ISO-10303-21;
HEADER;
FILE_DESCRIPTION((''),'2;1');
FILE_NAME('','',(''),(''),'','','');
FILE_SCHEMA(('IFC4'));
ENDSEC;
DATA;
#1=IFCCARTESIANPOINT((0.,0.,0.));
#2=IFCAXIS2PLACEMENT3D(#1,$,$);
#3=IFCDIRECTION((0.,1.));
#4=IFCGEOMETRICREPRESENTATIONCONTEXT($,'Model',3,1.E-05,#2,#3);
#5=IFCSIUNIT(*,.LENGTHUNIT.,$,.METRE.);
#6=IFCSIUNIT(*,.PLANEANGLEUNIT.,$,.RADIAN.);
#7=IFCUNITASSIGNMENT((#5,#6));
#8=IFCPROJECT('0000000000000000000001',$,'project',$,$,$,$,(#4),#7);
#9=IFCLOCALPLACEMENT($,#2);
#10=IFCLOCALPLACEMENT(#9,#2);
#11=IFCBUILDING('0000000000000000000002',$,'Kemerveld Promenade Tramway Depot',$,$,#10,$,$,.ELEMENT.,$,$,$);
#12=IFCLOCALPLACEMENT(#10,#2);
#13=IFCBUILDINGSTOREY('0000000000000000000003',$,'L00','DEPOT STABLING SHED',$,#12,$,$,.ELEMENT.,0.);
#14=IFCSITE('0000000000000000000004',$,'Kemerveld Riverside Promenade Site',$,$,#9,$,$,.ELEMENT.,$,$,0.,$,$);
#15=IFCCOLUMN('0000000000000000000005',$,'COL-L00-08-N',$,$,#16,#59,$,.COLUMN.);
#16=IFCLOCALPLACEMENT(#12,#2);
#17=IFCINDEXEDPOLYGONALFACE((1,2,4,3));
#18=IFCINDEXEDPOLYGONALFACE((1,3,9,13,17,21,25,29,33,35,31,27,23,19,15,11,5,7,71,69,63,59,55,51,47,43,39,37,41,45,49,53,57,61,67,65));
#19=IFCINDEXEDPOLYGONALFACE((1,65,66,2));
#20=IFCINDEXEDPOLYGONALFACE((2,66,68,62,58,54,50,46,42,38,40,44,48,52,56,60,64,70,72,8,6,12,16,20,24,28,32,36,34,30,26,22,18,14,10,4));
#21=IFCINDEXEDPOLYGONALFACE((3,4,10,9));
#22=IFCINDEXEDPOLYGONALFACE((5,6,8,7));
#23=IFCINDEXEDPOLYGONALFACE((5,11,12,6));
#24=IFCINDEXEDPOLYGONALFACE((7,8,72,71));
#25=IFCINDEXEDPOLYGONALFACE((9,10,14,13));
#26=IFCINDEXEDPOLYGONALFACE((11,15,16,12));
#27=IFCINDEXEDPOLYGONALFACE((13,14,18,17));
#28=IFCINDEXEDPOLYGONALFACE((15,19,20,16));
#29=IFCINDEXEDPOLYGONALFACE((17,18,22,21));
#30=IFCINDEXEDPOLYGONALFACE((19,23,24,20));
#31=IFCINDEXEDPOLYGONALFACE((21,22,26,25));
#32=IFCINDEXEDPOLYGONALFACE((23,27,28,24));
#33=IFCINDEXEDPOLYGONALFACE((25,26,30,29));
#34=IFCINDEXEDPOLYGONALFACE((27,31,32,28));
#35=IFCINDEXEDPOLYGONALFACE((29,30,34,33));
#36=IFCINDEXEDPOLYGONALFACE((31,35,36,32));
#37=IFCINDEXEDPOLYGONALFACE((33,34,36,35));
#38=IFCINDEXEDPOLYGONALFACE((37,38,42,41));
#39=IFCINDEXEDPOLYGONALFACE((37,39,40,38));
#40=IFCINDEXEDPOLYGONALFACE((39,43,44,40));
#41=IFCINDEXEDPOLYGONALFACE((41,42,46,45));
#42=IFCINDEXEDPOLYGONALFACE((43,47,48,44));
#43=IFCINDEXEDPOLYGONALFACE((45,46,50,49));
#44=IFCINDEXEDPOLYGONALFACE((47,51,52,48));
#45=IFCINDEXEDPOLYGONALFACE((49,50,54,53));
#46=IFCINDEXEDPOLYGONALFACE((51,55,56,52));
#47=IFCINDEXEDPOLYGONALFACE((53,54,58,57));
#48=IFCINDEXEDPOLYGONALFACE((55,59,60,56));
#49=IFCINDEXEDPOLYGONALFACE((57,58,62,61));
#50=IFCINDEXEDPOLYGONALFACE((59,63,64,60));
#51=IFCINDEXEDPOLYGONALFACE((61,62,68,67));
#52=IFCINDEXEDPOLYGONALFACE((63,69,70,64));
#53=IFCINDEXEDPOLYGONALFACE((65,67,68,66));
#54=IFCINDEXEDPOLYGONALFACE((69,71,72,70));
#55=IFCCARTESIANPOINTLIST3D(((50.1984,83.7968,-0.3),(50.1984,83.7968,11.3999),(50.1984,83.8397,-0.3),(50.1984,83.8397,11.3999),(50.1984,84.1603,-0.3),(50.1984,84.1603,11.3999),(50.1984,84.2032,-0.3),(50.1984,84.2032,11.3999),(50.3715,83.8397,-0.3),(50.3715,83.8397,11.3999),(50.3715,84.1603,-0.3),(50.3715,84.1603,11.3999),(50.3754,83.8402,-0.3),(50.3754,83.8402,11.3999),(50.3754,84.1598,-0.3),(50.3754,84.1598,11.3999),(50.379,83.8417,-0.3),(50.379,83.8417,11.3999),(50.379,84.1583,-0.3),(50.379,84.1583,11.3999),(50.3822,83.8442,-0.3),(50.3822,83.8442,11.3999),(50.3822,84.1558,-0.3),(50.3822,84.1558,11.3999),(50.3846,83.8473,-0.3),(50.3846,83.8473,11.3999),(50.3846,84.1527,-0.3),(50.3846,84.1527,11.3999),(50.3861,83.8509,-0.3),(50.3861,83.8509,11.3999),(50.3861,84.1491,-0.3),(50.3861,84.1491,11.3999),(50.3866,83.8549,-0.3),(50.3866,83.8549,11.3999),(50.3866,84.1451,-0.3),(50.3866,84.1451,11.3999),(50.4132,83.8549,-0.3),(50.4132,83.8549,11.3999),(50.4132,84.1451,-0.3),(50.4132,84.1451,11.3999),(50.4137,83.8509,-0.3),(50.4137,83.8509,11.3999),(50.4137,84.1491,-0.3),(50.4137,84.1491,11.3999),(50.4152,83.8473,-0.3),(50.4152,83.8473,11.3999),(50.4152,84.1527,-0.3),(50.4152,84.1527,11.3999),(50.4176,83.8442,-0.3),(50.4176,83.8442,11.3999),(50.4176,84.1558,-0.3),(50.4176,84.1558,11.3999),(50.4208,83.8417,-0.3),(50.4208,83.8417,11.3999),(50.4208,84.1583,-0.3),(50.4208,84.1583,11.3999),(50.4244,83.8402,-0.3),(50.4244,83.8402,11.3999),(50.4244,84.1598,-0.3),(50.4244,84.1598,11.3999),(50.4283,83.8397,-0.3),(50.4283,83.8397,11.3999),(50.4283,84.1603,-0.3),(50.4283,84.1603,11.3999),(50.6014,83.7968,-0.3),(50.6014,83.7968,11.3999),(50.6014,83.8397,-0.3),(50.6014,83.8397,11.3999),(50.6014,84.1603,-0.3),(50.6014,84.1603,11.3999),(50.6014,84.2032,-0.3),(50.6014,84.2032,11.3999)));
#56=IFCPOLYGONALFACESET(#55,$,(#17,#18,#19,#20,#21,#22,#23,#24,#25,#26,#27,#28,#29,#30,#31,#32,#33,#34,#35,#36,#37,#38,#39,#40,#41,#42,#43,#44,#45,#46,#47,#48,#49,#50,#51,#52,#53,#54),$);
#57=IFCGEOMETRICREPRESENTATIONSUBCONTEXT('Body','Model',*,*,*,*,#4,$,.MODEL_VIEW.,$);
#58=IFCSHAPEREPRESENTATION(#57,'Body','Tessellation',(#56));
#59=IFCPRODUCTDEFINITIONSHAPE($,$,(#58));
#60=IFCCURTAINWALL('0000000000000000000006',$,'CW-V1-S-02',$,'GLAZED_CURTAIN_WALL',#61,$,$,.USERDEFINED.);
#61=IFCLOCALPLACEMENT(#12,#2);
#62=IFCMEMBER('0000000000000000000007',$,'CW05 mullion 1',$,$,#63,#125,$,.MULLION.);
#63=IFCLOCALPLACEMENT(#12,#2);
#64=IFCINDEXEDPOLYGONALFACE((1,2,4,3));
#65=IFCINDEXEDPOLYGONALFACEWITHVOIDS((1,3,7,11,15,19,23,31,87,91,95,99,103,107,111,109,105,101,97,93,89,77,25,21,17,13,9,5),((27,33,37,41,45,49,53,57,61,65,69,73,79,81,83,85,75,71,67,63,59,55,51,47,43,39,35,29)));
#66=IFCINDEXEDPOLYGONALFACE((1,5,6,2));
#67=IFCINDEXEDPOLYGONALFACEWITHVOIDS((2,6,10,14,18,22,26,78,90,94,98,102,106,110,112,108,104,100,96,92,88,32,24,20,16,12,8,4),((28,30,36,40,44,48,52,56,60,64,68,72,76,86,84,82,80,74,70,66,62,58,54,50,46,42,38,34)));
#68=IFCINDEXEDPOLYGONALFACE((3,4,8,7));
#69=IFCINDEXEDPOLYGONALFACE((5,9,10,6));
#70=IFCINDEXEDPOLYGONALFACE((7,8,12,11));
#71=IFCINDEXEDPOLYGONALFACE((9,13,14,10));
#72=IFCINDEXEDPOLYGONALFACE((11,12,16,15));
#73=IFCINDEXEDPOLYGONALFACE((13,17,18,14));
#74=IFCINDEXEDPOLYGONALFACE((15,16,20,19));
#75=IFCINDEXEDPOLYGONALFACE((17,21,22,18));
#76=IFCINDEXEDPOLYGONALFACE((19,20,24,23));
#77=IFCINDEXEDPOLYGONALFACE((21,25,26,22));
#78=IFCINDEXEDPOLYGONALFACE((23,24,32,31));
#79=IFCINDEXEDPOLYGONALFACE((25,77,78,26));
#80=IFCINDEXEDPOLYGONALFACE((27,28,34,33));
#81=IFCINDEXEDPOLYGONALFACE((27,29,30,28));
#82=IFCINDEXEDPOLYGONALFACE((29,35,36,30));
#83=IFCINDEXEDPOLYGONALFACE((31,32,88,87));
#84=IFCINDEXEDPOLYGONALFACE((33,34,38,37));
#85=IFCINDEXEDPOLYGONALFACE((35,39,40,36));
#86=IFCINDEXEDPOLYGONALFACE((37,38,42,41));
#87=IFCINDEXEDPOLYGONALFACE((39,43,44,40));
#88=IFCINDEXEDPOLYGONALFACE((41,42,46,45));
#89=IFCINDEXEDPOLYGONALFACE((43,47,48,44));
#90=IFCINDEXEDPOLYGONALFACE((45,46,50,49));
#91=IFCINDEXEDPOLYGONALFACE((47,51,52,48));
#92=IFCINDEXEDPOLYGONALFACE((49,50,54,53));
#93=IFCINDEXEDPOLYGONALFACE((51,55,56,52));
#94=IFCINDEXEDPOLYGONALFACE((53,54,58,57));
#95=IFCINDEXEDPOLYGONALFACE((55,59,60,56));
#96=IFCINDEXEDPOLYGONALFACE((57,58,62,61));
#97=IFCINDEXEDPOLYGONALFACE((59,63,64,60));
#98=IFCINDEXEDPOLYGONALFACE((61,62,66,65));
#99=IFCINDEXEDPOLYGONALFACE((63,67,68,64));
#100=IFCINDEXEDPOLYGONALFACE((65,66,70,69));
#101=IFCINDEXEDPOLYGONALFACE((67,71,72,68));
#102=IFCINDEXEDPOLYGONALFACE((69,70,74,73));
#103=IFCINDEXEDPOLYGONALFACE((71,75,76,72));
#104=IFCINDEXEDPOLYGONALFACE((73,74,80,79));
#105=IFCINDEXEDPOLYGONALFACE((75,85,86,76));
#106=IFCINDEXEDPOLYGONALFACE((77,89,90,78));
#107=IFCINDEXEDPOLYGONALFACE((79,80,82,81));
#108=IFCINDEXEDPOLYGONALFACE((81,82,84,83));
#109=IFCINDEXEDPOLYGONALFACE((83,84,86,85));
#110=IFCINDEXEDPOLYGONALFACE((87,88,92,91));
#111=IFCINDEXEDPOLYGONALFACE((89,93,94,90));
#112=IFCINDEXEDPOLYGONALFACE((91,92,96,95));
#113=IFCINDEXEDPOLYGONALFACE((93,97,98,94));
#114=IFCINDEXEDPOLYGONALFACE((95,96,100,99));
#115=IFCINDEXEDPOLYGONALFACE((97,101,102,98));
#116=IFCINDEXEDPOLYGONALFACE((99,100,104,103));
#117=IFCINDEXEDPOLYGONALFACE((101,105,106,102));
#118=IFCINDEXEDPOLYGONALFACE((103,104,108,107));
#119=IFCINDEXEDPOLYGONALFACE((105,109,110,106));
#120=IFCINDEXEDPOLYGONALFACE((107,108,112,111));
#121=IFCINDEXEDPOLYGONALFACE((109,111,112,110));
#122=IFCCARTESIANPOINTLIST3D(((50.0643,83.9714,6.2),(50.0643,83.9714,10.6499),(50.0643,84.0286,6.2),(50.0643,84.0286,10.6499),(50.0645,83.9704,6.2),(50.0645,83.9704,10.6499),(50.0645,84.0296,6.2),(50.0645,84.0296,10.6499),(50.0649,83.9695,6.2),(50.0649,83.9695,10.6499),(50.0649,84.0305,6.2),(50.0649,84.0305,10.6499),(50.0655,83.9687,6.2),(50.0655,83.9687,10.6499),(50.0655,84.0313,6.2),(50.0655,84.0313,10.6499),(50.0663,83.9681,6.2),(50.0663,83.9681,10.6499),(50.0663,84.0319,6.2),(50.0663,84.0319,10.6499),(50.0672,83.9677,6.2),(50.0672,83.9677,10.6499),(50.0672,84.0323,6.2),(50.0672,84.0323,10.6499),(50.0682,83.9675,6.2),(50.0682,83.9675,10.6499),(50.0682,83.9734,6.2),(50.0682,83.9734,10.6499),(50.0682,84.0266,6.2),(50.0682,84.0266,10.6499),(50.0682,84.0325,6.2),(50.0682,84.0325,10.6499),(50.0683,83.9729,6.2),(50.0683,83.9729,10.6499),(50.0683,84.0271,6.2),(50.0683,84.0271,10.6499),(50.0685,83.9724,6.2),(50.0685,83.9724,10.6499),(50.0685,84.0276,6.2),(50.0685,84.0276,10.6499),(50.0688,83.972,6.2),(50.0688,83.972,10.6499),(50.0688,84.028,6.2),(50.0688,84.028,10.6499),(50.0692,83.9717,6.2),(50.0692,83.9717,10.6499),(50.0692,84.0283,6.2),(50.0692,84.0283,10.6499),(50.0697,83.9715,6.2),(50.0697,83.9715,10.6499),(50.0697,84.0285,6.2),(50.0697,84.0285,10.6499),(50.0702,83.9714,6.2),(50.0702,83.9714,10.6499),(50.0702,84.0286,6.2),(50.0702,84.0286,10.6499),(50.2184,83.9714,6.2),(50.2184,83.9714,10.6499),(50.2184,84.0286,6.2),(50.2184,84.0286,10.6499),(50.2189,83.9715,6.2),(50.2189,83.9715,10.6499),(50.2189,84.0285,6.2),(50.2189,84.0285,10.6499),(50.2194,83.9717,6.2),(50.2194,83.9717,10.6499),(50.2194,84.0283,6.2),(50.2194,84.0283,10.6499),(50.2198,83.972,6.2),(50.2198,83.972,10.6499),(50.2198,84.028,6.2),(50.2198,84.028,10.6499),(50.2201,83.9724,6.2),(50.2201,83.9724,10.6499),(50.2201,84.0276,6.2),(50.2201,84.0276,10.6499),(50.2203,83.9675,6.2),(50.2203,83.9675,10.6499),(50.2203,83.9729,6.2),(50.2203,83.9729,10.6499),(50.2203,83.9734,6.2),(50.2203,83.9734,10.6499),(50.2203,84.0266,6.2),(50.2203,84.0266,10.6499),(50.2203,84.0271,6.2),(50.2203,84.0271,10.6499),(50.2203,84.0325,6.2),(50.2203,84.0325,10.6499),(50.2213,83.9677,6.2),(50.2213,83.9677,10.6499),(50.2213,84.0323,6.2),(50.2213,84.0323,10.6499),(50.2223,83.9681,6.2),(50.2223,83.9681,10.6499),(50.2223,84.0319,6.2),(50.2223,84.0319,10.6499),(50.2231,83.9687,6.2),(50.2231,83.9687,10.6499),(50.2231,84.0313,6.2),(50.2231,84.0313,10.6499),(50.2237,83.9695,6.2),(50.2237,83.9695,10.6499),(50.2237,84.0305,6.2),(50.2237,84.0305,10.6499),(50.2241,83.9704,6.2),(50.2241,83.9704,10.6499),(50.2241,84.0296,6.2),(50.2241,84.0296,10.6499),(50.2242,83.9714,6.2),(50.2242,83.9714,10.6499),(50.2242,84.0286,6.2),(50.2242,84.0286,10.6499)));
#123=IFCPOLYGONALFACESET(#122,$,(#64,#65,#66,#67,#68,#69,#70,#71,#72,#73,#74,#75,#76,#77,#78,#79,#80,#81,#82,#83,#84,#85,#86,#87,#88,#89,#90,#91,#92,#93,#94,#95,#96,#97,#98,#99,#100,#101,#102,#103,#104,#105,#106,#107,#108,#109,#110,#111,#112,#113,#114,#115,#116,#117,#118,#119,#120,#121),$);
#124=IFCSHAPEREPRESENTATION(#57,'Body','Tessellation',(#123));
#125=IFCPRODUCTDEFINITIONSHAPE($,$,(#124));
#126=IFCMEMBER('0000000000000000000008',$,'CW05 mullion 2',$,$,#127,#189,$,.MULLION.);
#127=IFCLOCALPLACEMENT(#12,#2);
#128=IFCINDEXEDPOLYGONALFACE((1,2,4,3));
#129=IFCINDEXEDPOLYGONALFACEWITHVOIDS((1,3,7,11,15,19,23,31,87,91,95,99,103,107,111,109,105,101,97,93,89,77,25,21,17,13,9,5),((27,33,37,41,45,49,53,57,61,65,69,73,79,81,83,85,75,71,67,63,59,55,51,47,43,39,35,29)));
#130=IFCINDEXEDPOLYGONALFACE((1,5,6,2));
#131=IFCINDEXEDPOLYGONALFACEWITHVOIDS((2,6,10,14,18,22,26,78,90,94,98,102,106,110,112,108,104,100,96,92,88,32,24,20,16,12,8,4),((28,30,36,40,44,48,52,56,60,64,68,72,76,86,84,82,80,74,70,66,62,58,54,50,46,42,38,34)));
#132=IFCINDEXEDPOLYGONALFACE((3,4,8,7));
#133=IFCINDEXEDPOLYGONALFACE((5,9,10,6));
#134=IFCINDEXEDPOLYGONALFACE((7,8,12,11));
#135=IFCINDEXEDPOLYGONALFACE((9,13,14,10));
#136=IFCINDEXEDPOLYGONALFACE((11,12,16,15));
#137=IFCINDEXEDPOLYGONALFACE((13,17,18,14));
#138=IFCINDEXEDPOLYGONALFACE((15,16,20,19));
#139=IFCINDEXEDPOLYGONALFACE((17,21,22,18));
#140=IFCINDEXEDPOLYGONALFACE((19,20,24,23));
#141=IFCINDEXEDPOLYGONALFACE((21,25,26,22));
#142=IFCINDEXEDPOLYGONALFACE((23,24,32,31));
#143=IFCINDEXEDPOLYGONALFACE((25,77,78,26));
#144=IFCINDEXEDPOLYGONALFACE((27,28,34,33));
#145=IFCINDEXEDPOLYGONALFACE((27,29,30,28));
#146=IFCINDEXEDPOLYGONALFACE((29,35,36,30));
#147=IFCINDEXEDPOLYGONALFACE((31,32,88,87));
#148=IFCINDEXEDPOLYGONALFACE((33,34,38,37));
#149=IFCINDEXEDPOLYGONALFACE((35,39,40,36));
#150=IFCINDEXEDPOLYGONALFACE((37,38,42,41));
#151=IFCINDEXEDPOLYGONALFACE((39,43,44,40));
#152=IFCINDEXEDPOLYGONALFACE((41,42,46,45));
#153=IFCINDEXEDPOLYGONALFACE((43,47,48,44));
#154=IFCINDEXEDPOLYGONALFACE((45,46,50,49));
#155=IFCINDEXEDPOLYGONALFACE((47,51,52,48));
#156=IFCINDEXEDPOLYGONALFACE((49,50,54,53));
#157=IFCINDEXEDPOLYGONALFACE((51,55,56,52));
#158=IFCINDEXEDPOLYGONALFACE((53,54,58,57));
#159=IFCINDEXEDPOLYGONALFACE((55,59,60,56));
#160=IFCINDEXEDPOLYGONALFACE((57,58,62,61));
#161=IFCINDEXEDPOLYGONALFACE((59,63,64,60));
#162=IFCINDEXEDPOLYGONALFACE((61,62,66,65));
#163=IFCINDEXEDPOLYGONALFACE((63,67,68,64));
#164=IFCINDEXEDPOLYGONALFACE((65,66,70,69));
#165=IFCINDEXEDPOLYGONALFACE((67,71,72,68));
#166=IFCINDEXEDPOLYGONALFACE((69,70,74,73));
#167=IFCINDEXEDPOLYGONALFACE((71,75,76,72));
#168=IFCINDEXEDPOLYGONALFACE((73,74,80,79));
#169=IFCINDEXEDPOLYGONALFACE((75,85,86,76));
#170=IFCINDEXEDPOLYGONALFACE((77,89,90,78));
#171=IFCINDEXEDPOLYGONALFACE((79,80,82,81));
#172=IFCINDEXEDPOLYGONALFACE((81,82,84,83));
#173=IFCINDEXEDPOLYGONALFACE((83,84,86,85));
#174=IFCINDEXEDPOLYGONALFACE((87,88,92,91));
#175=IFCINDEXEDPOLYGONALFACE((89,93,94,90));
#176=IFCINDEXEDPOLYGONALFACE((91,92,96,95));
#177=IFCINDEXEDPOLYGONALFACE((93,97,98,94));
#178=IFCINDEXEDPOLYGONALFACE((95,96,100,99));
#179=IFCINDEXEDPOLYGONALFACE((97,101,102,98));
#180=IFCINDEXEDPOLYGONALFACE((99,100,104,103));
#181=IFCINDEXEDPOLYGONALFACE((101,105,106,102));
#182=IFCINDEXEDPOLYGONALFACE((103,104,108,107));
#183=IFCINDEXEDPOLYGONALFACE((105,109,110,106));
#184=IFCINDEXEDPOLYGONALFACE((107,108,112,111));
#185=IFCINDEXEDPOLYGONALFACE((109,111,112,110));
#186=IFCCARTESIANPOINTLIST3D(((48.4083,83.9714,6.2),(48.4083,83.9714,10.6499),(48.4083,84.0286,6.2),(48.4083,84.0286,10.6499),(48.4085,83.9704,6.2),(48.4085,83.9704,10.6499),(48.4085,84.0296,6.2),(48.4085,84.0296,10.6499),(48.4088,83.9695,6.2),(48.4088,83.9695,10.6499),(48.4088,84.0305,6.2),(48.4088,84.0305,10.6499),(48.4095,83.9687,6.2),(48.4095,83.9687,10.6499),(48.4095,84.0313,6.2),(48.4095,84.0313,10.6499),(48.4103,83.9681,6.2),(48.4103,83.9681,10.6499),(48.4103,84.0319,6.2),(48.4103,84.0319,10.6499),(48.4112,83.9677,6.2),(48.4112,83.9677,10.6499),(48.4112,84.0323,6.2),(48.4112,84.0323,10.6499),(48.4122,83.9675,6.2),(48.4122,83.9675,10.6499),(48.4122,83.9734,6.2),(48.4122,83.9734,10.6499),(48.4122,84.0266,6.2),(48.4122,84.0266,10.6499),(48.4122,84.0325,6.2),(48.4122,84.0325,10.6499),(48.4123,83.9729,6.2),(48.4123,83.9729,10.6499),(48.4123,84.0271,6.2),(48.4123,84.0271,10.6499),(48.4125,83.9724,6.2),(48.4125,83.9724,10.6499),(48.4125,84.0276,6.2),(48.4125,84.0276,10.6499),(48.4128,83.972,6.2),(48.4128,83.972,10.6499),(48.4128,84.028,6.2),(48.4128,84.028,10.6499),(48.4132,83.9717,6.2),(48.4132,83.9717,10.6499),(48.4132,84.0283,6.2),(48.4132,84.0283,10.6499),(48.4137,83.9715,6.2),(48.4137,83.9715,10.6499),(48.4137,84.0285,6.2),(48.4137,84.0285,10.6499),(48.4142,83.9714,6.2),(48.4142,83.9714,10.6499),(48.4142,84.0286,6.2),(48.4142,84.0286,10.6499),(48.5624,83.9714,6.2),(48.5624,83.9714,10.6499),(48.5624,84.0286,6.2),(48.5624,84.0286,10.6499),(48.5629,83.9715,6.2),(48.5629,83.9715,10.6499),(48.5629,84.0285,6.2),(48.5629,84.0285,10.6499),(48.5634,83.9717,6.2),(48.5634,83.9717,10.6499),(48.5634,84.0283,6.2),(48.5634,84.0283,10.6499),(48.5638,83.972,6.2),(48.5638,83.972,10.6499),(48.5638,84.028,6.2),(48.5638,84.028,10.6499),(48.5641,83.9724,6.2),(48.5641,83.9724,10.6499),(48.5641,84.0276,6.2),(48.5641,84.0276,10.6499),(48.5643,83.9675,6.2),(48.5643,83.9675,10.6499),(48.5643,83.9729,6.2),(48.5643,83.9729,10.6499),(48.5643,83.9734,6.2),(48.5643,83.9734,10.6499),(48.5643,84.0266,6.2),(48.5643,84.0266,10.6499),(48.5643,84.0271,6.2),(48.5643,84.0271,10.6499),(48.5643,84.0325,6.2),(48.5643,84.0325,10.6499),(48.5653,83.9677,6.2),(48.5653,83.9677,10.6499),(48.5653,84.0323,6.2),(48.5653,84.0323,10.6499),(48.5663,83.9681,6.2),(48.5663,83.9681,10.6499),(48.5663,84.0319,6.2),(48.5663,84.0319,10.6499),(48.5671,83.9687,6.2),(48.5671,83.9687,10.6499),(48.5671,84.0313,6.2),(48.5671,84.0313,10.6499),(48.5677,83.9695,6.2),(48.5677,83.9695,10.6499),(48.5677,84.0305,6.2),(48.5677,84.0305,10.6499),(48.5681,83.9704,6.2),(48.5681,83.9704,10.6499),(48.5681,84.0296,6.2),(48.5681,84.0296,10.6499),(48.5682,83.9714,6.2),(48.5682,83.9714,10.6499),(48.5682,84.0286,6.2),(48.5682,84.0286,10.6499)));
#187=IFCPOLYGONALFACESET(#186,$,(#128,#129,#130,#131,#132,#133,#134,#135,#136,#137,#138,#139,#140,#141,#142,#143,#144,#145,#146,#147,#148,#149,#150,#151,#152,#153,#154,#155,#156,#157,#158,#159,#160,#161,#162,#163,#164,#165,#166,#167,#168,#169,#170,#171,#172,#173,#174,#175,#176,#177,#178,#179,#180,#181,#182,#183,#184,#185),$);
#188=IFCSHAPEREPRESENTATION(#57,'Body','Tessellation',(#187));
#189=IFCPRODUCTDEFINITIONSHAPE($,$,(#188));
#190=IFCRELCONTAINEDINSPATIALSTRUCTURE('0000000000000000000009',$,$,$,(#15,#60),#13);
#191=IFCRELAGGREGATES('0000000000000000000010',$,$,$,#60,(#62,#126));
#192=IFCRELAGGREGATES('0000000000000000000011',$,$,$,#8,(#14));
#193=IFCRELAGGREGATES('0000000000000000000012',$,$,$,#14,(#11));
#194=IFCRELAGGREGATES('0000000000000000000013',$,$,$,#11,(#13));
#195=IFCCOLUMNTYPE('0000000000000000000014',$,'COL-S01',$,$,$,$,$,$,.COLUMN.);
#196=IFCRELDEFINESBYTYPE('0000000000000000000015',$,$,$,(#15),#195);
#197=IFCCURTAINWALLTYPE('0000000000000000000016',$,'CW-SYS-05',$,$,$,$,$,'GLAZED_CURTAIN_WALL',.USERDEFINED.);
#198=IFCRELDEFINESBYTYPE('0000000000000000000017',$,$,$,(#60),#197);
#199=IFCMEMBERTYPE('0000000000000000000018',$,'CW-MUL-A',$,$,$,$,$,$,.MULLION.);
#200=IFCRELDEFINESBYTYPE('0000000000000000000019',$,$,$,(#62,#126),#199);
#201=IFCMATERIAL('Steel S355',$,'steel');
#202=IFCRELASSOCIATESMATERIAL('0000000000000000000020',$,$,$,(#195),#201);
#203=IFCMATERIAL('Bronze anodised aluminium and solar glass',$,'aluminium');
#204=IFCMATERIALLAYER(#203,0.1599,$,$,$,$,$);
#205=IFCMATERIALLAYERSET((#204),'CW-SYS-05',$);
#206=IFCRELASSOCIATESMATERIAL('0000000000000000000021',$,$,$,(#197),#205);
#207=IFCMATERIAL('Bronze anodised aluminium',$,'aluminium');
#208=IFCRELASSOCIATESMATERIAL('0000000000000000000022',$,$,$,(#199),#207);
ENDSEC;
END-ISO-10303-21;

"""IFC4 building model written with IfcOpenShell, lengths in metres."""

from ifc_helpers import new_model, si_unit, direction, frame, origin, origin_2d, place, context, subcontext, project, spatial, hollow_rectangle, i_section, extrude, material, layer, layer_set, material_profile, profile_set, type_object, element, aggregate, save


model = new_model("IFC4")

# Units and contexts
model_context = context("Model", 3, precision=1e-05, world=origin(), true_north=direction((0.0, 1.0)))
body_context = subcontext(model_context, "Body", "Model", "MODEL_VIEW")
ifc_project = project(units=[si_unit("LENGTHUNIT", "METRE"), si_unit("PLANEANGLEUNIT", "RADIAN")], contexts=[model_context])

# Site, building, storey
site_placement = place(None, origin())
site = spatial("IfcSite", under=ifc_project, at=site_placement, Name="Kemerveld Riverside Promenade Site", CompositionType="ELEMENT", RefElevation=0.0)
building_placement = place(site_placement, origin())
building = spatial("IfcBuilding", under=site, at=building_placement, Name="Kemerveld Promenade Tramway Depot", CompositionType="ELEMENT")
storey_placement = place(building_placement, origin())
storey = spatial("IfcBuildingStorey", under=building, at=storey_placement, Name="L00", Description="DEPOT STABLING SHED", CompositionType="ELEMENT", Elevation=0.0)

# Column
ifc_material_1 = material(Name="Steel S355", Category="steel")
ifc_material_profile_1 = material_profile(ifc_material_1, i_section(OverallWidth=0.4031, OverallDepth=0.4065, WebThickness=0.0266, FlangeThickness=0.043, FilletRadius=0.0151, at=origin_2d()), Name="356x406x340 UC")
ifc_profile_set_1 = profile_set([ifc_material_profile_1], Name="Steel S355")
column_type = type_object("IfcColumnType", Name="COL-S01", PredefinedType="COLUMN", material=ifc_profile_set_1)
column_placement = place(storey_placement, frame((50.3999, 84.0, -0.3), z_axis=(0.0, 0.0, 1.0), x_axis=(1.0, 0.0, 0.0)))
element("IfcColumn", 1, at=column_placement, inside=storey, type_object=column_type, Name="COL-L00-08-N", PredefinedType="COLUMN", context=body_context, shape_type="SweptSolid", body=[
    extrude(i_section(OverallWidth=0.4031, OverallDepth=0.4065, WebThickness=0.0266, FlangeThickness=0.043, FilletRadius=0.0151, at=origin_2d()), origin(), (0.0, 0.0, 1.0), 11.7),
])

# Curtain wall, members
ifc_material_2 = material(Name="Bronze anodised aluminium and solar glass", Category="aluminium")
ifc_layer_1 = layer(ifc_material_2, 0.1599)
ifc_layer_set_1 = layer_set([ifc_layer_1], Name="CW-SYS-05")
curtain_wall_type_1 = type_object("IfcCurtainWallType", Name="CW-SYS-05", ElementType="GLAZED_CURTAIN_WALL", PredefinedType="USERDEFINED", material=ifc_layer_set_1)
curtain_wall_1_placement = place(storey_placement, origin())
curtain_wall_1 = element("IfcCurtainWall", 2, at=curtain_wall_1_placement, inside=storey, type_object=curtain_wall_type_1, Name="CW-V1-S-02", ObjectType="GLAZED_CURTAIN_WALL", PredefinedType="USERDEFINED")
ifc_material_3 = material(Name="Bronze anodised aluminium", Category="aluminium")
ifc_material_profile_2 = material_profile(ifc_material_3, hollow_rectangle(XDim=0.0649, YDim=0.1599, WallThickness=0.0039, InnerFilletRadius=0.002, OuterFilletRadius=0.0039, at=origin_2d()), Name="CW-MUL-160x65")
ifc_profile_set_2 = profile_set([ifc_material_profile_2], Name="Bronze anodised aluminium")
member_type_1 = type_object("IfcMemberType", Name="CW-MUL-A", PredefinedType="MULLION", material=ifc_profile_set_2)
member_1_placement = place(storey_placement, frame((50.1443, 84.0, 6.2), z_axis=(0.0, 0.0, 1.0), x_axis=(0.0, -1.0, 0.0)))
member_1 = element("IfcMember", 3, at=member_1_placement, type_object=member_type_1, Name="CW05 mullion 1", PredefinedType="MULLION", context=body_context, shape_type="SweptSolid", body=[
    extrude(hollow_rectangle(XDim=0.0649, YDim=0.1599, WallThickness=0.0039, InnerFilletRadius=0.002, OuterFilletRadius=0.0039, at=origin_2d()), origin(), (0.0, 0.0, 1.0), 4.45),
])
member_2_placement = place(storey_placement, frame((48.4883, 84.0, 6.2), z_axis=(0.0, 0.0, 1.0), x_axis=(0.0, -1.0, 0.0)))
member_2 = element("IfcMember", 4, at=member_2_placement, type_object=member_type_1, Name="CW05 mullion 2", PredefinedType="MULLION", context=body_context, shape_type="SweptSolid", body=[
    extrude(hollow_rectangle(XDim=0.0649, YDim=0.1599, WallThickness=0.0039, InnerFilletRadius=0.002, OuterFilletRadius=0.0039, at=origin_2d()), origin(), (0.0, 0.0, 1.0), 4.45),
])

aggregate(curtain_wall_1, [member_1, member_2])

save(model, "model.ifc")
